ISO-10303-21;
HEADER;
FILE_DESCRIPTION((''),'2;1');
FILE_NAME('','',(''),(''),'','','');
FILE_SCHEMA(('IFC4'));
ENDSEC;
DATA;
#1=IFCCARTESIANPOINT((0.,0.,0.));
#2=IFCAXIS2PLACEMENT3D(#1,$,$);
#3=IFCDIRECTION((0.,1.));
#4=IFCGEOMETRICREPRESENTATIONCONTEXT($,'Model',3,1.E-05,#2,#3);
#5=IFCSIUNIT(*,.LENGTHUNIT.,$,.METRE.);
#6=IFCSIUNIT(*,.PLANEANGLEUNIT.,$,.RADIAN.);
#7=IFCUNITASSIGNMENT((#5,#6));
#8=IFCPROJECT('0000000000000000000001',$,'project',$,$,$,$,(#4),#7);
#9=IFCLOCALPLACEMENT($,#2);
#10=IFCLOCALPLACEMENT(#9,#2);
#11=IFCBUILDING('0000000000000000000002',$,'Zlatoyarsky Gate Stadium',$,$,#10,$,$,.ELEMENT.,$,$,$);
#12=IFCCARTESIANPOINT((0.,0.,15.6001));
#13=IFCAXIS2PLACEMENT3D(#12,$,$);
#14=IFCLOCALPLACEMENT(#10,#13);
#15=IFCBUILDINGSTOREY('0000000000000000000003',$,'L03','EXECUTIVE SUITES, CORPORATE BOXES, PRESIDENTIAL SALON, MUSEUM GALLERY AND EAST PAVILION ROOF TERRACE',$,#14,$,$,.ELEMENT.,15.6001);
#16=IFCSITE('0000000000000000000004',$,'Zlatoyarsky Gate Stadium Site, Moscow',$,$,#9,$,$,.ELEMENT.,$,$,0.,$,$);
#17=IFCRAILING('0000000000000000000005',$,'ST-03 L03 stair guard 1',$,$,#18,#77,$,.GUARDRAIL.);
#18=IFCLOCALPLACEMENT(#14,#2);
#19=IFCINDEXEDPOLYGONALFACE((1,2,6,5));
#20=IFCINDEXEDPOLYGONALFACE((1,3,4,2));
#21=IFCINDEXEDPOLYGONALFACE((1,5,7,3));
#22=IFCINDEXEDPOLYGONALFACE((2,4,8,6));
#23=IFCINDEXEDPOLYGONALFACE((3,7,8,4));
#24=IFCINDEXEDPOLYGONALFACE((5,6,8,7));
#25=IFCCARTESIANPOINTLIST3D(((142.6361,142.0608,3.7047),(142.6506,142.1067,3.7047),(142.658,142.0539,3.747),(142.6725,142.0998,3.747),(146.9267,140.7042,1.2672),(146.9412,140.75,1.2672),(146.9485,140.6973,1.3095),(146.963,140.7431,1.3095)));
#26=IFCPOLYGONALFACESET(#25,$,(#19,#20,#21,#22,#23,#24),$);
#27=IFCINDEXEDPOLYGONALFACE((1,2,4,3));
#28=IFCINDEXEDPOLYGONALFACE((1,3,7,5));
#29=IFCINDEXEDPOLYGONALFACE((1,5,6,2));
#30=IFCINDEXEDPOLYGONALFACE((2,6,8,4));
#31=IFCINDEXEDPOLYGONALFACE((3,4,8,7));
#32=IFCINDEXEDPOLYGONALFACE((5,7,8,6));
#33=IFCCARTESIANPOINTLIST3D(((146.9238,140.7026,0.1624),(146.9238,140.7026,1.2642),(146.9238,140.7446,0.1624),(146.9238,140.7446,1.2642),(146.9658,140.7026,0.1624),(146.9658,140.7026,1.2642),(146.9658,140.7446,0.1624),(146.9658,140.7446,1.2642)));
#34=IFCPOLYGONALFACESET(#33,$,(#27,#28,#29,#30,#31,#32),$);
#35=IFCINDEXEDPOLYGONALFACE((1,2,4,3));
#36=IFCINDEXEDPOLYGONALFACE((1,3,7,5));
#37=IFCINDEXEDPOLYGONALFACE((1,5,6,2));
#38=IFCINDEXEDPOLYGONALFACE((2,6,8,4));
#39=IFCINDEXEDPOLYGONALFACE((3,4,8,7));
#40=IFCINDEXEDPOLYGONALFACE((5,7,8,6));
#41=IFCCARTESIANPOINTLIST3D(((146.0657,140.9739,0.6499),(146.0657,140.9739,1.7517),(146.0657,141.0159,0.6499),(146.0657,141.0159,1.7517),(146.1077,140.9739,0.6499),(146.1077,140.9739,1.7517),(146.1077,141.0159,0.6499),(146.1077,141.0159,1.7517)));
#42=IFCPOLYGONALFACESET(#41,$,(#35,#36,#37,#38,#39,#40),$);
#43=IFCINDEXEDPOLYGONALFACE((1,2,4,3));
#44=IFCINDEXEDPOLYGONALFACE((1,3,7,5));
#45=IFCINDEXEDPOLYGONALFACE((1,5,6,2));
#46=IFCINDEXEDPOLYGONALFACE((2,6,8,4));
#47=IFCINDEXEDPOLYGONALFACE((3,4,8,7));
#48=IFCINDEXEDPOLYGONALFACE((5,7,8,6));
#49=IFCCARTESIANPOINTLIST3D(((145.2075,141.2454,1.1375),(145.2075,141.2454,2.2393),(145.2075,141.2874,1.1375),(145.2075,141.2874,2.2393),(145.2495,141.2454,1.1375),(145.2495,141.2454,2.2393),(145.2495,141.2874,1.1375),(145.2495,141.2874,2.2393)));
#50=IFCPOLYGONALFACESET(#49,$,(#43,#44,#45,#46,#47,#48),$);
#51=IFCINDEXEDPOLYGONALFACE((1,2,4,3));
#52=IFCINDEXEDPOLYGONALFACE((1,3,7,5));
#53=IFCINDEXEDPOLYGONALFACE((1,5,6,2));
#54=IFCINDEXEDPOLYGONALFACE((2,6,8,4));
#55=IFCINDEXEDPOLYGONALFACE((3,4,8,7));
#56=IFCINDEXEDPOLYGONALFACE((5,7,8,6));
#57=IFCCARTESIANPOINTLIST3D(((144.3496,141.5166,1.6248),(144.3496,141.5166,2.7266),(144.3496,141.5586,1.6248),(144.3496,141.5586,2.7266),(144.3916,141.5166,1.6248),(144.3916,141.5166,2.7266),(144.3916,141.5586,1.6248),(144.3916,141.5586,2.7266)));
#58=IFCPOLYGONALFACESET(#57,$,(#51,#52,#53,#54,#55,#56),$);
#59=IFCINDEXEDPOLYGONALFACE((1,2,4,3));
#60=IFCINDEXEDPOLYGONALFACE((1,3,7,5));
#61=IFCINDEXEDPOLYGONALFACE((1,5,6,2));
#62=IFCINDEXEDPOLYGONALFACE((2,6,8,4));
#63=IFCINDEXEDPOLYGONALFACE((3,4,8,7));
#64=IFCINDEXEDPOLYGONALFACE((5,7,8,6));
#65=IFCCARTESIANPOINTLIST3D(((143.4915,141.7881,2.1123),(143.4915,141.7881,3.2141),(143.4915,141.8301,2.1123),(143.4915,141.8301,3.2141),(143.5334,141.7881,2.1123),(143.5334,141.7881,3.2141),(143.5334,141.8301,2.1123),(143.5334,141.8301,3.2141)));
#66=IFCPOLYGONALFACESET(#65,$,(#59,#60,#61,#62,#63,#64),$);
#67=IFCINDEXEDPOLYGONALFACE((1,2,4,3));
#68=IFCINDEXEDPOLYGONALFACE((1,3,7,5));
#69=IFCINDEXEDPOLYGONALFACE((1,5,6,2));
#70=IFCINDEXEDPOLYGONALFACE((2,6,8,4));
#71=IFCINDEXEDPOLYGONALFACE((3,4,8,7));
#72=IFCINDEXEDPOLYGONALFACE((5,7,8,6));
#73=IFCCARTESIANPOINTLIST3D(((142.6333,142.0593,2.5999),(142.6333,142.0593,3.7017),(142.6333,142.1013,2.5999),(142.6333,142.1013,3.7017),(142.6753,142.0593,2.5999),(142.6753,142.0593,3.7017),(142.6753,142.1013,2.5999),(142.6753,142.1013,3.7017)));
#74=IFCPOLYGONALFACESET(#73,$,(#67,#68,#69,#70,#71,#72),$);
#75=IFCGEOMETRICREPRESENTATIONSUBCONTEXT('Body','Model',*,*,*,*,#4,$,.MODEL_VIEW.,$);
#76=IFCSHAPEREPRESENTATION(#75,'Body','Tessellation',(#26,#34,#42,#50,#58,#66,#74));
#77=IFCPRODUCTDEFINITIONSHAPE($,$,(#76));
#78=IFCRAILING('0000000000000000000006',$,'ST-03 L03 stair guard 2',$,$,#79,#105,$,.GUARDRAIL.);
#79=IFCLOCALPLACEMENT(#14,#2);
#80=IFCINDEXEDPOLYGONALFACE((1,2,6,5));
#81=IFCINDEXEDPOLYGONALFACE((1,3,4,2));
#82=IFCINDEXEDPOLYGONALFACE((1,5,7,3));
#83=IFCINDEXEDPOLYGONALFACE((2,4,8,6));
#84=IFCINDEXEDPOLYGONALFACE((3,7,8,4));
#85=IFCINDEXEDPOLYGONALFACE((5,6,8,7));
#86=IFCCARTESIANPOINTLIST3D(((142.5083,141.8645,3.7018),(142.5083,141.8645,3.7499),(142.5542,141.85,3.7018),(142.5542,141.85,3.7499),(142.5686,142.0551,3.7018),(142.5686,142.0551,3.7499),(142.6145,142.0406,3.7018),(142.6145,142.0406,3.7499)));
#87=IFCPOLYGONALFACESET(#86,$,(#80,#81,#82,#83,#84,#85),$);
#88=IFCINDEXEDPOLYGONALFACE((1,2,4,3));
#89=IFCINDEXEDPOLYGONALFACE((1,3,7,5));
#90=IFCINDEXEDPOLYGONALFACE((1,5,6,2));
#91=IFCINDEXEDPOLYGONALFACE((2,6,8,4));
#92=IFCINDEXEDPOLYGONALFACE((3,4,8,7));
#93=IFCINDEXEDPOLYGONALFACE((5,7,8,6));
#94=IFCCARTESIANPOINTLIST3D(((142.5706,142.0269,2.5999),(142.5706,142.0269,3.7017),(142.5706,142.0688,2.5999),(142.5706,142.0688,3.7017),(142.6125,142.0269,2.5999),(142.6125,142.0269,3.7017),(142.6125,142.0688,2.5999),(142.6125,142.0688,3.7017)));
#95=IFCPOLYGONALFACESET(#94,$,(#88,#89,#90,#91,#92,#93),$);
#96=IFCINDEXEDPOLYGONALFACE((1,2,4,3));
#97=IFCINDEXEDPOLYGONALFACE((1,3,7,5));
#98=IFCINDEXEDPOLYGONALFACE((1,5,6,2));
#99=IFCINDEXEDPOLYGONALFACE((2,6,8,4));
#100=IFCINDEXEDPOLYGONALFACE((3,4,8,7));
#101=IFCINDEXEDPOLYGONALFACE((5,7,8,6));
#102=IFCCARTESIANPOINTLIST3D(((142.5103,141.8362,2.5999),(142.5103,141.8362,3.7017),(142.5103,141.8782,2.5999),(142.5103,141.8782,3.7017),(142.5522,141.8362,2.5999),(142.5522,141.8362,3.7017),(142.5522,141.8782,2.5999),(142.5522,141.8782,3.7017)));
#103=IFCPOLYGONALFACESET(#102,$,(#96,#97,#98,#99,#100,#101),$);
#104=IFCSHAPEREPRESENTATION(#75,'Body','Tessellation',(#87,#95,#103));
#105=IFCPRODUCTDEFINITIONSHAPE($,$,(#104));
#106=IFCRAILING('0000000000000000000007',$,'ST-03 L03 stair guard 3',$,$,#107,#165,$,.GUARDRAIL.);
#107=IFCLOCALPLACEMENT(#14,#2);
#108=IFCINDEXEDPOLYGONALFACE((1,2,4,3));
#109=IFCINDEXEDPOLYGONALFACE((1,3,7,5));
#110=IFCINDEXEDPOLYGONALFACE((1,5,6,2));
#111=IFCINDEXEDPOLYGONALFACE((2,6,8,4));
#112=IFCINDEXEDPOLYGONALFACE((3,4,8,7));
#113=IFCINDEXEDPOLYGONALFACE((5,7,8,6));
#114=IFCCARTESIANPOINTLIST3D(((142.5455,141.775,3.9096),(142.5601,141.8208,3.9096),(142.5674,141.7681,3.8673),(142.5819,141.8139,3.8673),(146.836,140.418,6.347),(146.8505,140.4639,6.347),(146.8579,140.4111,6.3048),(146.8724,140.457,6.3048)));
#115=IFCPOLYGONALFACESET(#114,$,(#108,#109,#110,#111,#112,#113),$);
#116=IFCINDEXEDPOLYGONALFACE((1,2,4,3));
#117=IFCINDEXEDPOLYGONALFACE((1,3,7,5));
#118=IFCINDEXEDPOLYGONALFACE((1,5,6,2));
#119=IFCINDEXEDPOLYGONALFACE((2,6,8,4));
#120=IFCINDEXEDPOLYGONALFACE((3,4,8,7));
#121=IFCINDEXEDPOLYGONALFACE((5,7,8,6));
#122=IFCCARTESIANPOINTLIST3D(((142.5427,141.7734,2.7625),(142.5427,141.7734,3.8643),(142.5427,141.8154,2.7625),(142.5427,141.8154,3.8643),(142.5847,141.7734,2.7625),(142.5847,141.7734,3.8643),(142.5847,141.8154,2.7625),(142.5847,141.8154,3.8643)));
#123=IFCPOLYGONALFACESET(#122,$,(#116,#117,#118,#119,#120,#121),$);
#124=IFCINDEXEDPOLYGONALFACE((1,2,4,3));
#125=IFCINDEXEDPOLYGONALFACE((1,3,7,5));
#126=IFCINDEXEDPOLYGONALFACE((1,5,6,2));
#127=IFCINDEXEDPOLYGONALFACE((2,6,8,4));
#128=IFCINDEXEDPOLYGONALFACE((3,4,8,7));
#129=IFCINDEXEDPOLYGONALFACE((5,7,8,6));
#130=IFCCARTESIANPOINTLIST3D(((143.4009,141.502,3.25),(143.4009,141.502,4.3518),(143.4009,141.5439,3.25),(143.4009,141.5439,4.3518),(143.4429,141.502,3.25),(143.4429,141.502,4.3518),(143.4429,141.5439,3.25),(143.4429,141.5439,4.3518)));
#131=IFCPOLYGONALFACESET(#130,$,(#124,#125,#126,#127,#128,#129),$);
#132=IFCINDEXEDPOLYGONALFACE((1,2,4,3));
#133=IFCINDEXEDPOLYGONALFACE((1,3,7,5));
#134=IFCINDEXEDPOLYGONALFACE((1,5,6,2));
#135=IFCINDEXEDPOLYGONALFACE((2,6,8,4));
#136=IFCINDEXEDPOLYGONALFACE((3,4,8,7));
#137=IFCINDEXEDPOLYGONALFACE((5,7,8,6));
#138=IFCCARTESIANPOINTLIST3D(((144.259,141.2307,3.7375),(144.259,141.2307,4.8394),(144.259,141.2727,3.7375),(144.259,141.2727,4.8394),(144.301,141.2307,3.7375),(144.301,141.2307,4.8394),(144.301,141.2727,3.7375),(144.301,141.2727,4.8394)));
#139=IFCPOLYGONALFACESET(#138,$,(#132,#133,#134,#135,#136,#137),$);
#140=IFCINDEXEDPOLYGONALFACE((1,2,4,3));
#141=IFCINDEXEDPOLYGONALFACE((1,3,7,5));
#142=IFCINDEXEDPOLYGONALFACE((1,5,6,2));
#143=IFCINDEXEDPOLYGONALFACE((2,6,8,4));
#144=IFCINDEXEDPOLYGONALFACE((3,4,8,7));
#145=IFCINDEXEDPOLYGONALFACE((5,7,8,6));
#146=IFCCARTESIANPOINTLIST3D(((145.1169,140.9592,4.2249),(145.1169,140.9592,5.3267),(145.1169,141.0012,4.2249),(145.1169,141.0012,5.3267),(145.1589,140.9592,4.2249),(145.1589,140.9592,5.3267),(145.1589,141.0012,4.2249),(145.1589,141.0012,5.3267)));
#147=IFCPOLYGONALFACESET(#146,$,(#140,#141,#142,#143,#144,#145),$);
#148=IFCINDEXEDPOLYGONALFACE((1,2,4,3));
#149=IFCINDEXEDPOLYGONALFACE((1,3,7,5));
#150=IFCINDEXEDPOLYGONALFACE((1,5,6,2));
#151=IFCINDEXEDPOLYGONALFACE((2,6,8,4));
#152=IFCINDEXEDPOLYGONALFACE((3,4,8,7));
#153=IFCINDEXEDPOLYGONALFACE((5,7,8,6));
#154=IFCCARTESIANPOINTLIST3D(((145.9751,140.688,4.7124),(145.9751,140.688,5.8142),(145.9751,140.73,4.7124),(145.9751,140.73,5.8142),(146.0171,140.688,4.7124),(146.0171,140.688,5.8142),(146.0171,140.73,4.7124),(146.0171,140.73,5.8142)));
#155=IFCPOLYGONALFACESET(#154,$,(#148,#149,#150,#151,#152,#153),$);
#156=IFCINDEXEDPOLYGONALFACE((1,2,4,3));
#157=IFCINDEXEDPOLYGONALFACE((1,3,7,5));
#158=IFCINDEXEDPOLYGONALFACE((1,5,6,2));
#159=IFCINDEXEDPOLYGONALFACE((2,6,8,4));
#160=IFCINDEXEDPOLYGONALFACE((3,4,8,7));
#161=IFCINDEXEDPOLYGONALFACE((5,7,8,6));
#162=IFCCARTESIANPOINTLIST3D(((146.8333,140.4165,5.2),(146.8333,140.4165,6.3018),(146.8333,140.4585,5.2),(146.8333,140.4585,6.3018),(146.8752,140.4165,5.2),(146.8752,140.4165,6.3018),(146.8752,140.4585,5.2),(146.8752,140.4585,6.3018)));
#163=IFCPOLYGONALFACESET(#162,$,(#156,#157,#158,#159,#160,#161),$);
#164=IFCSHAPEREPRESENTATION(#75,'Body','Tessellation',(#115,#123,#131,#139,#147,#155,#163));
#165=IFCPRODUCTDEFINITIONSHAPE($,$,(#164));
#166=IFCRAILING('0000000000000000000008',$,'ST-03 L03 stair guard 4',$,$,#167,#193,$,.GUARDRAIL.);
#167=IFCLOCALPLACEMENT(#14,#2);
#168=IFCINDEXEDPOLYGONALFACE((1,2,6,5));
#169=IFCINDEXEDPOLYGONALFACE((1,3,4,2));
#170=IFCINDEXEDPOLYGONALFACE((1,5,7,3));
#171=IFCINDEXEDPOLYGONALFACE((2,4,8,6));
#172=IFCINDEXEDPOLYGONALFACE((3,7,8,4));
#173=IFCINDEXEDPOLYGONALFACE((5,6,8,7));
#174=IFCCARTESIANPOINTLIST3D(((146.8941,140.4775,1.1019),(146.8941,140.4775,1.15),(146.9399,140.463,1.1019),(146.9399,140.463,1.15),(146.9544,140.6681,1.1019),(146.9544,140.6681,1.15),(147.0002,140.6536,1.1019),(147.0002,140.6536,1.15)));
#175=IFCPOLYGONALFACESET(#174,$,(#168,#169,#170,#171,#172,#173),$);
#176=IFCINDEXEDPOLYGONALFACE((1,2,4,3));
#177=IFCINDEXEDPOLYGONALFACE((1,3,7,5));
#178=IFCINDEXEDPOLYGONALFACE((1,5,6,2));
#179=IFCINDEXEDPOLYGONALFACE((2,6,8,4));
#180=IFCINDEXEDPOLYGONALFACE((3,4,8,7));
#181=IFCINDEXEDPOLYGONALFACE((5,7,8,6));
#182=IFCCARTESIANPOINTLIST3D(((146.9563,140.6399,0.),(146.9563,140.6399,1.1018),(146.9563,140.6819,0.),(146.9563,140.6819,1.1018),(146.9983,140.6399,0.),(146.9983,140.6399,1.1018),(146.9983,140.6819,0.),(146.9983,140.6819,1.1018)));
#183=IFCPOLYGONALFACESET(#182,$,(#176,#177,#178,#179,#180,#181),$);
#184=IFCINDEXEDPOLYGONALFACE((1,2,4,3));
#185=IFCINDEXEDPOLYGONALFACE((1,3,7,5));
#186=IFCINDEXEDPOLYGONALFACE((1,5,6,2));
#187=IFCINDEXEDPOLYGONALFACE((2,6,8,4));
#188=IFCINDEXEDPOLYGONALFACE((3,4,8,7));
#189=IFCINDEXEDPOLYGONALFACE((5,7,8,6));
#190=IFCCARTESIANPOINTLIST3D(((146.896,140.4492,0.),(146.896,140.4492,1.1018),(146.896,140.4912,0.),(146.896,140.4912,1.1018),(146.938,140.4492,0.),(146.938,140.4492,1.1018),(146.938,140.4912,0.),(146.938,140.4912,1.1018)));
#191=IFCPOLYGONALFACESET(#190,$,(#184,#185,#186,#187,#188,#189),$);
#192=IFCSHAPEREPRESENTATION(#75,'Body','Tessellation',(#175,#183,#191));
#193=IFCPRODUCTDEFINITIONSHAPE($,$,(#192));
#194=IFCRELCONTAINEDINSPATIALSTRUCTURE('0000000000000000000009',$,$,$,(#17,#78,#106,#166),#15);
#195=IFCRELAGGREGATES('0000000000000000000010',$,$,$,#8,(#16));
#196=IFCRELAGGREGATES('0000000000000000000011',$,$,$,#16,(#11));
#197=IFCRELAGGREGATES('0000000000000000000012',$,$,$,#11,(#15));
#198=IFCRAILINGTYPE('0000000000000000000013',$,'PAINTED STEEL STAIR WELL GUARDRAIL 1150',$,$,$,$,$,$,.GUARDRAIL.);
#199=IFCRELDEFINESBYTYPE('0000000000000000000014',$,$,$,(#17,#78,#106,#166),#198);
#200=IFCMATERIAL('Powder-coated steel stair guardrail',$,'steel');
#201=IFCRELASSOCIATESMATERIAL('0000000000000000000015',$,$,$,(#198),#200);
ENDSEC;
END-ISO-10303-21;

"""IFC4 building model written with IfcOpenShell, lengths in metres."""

from ifc_helpers import new_model, si_unit, direction, frame, origin, origin_2d, place, context, subcontext, project, spatial, rectangle, extrude, material, type_object, element, save


model = new_model("IFC4")

# Units and contexts
model_context = context("Model", 3, precision=1e-05, world=origin(), true_north=direction((0.0, 1.0)))
body_context = subcontext(model_context, "Body", "Model", "MODEL_VIEW")
ifc_project = project(units=[si_unit("LENGTHUNIT", "METRE"), si_unit("PLANEANGLEUNIT", "RADIAN")], contexts=[model_context])

# Site, building, storey
site_placement = place(None, origin())
site = spatial("IfcSite", under=ifc_project, at=site_placement, Name="Zlatoyarsky Gate Stadium Site, Moscow", CompositionType="ELEMENT", RefElevation=0.0)
building_placement = place(site_placement, origin())
building = spatial("IfcBuilding", under=site, at=building_placement, Name="Zlatoyarsky Gate Stadium", CompositionType="ELEMENT")
storey_placement = place(building_placement, frame((0.0, 0.0, 15.6001)))
storey = spatial("IfcBuildingStorey", under=building, at=storey_placement, Name="L03", Description="EXECUTIVE SUITES, CORPORATE BOXES, PRESIDENTIAL SALON, MUSEUM GALLERY AND EAST PAVILION ROOF TERRACE", CompositionType="ELEMENT", Elevation=15.6001)

# Railings
ifc_material_1 = material(Name="Powder-coated steel stair guardrail", Category="steel")
railing_type_1 = type_object("IfcRailingType", Name="PAINTED STEEL STAIR WELL GUARDRAIL 1150", PredefinedType="GUARDRAIL", material=ifc_material_1)
railing_1_placement = place(storey_placement, frame((146.9448, 140.7236, 0.1624)))
element("IfcRailing", 1, at=railing_1_placement, inside=storey, type_object=railing_type_1, Name="ST-03 L03 stair guard 1", PredefinedType="GUARDRAIL", context=body_context, shape_type="SweptSolid", body=[
    extrude(rectangle(XDim=0.0481, YDim=0.0481, at=origin_2d()), frame((0.0, 0.0, 1.126), z_axis=(-0.838374, 0.265099, 0.47629), x_axis=(-0.301492, -0.953469, 0.0)), (0.0, 0.0, 1.0), 5.1177),
    extrude(rectangle(XDim=0.042, YDim=0.042, at=origin_2d()), origin(), (0.0, 0.0, 1.0), 1.1018),
    extrude(rectangle(XDim=0.042, YDim=0.042, at=origin_2d()), frame((-0.8582, 0.2712, 0.4875)), (0.0, 0.0, 1.0), 1.1018),
    extrude(rectangle(XDim=0.042, YDim=0.042, at=origin_2d()), frame((-1.7163, 0.5427, 0.9751)), (0.0, 0.0, 1.0), 1.1018),
    extrude(rectangle(XDim=0.042, YDim=0.042, at=origin_2d()), frame((-2.5742, 0.814, 1.4624)), (0.0, 0.0, 1.0), 1.1018),
    extrude(rectangle(XDim=0.042, YDim=0.042, at=origin_2d()), frame((-3.4324, 1.0854, 1.95)), (0.0, 0.0, 1.0), 1.1018),
    extrude(rectangle(XDim=0.042, YDim=0.042, at=origin_2d()), frame((-4.2905, 1.3567, 2.4375)), (0.0, 0.0, 1.0), 1.1018),
])
railing_2_placement = place(storey_placement, frame((142.5916, 142.0479, 2.5999)))
element("IfcRailing", 2, at=railing_2_placement, inside=storey, type_object=railing_type_1, Name="ST-03 L03 stair guard 2", PredefinedType="GUARDRAIL", context=body_context, shape_type="SweptSolid", body=[
    extrude(rectangle(XDim=0.0481, YDim=0.0481, at=origin_2d()), frame((0.0, 0.0, 1.126), z_axis=(-0.30154, -0.953453, 0.0), x_axis=(0.953453, -0.30154, 0.0)), (0.0, 0.0, 1.0), 0.2),
    extrude(rectangle(XDim=0.042, YDim=0.042, at=origin_2d()), origin(), (0.0, 0.0, 1.0), 1.1018),
    extrude(rectangle(XDim=0.042, YDim=0.042, at=origin_2d()), frame((-0.0603, -0.1907, 0.0)), (0.0, 0.0, 1.0), 1.1018),
])
railing_3_placement = place(storey_placement, frame((142.5637, 141.7944, 2.7625)))
element("IfcRailing", 3, at=railing_3_placement, inside=storey, type_object=railing_type_1, Name="ST-03 L03 stair guard 3", PredefinedType="GUARDRAIL", context=body_context, shape_type="SweptSolid", body=[
    extrude(rectangle(XDim=0.0481, YDim=0.0481, at=origin_2d()), frame((0.0, 0.0, 1.126), z_axis=(0.838363, -0.265143, 0.476284), x_axis=(0.301542, 0.953453, 0.0)), (0.0, 0.0, 1.0), 5.1177),
    extrude(rectangle(XDim=0.042, YDim=0.042, at=origin_2d()), origin(), (0.0, 0.0, 1.0), 1.1018),
    extrude(rectangle(XDim=0.042, YDim=0.042, at=origin_2d()), frame((0.8582, -0.2715, 0.4875)), (0.0, 0.0, 1.0), 1.1018),
    extrude(rectangle(XDim=0.042, YDim=0.042, at=origin_2d()), frame((1.7163, -0.5427, 0.9751)), (0.0, 0.0, 1.0), 1.1018),
    extrude(rectangle(XDim=0.042, YDim=0.042, at=origin_2d()), frame((2.5742, -0.8142, 1.4624)), (0.0, 0.0, 1.0), 1.1018),
    extrude(rectangle(XDim=0.042, YDim=0.042, at=origin_2d()), frame((3.4324, -1.0854, 1.95)), (0.0, 0.0, 1.0), 1.1018),
    extrude(rectangle(XDim=0.042, YDim=0.042, at=origin_2d()), frame((4.2905, -1.3569, 2.4375)), (0.0, 0.0, 1.0), 1.1018),
])
railing_4_placement = place(storey_placement, frame((146.9773, 140.6609, 0.0)))
element("IfcRailing", 4, at=railing_4_placement, inside=storey, type_object=railing_type_1, Name="ST-03 L03 stair guard 4", PredefinedType="GUARDRAIL", context=body_context, shape_type="SweptSolid", body=[
    extrude(rectangle(XDim=0.0481, YDim=0.0481, at=origin_2d()), frame((0.0, 0.0, 1.126), z_axis=(-0.30154, -0.953453, 0.0), x_axis=(0.953453, -0.30154, 0.0)), (0.0, 0.0, 1.0), 0.2),
    extrude(rectangle(XDim=0.042, YDim=0.042, at=origin_2d()), origin(), (0.0, 0.0, 1.0), 1.1018),
    extrude(rectangle(XDim=0.042, YDim=0.042, at=origin_2d()), frame((-0.0603, -0.1907, 0.0)), (0.0, 0.0, 1.0), 1.1018),
])

save(model, "model.ifc")
